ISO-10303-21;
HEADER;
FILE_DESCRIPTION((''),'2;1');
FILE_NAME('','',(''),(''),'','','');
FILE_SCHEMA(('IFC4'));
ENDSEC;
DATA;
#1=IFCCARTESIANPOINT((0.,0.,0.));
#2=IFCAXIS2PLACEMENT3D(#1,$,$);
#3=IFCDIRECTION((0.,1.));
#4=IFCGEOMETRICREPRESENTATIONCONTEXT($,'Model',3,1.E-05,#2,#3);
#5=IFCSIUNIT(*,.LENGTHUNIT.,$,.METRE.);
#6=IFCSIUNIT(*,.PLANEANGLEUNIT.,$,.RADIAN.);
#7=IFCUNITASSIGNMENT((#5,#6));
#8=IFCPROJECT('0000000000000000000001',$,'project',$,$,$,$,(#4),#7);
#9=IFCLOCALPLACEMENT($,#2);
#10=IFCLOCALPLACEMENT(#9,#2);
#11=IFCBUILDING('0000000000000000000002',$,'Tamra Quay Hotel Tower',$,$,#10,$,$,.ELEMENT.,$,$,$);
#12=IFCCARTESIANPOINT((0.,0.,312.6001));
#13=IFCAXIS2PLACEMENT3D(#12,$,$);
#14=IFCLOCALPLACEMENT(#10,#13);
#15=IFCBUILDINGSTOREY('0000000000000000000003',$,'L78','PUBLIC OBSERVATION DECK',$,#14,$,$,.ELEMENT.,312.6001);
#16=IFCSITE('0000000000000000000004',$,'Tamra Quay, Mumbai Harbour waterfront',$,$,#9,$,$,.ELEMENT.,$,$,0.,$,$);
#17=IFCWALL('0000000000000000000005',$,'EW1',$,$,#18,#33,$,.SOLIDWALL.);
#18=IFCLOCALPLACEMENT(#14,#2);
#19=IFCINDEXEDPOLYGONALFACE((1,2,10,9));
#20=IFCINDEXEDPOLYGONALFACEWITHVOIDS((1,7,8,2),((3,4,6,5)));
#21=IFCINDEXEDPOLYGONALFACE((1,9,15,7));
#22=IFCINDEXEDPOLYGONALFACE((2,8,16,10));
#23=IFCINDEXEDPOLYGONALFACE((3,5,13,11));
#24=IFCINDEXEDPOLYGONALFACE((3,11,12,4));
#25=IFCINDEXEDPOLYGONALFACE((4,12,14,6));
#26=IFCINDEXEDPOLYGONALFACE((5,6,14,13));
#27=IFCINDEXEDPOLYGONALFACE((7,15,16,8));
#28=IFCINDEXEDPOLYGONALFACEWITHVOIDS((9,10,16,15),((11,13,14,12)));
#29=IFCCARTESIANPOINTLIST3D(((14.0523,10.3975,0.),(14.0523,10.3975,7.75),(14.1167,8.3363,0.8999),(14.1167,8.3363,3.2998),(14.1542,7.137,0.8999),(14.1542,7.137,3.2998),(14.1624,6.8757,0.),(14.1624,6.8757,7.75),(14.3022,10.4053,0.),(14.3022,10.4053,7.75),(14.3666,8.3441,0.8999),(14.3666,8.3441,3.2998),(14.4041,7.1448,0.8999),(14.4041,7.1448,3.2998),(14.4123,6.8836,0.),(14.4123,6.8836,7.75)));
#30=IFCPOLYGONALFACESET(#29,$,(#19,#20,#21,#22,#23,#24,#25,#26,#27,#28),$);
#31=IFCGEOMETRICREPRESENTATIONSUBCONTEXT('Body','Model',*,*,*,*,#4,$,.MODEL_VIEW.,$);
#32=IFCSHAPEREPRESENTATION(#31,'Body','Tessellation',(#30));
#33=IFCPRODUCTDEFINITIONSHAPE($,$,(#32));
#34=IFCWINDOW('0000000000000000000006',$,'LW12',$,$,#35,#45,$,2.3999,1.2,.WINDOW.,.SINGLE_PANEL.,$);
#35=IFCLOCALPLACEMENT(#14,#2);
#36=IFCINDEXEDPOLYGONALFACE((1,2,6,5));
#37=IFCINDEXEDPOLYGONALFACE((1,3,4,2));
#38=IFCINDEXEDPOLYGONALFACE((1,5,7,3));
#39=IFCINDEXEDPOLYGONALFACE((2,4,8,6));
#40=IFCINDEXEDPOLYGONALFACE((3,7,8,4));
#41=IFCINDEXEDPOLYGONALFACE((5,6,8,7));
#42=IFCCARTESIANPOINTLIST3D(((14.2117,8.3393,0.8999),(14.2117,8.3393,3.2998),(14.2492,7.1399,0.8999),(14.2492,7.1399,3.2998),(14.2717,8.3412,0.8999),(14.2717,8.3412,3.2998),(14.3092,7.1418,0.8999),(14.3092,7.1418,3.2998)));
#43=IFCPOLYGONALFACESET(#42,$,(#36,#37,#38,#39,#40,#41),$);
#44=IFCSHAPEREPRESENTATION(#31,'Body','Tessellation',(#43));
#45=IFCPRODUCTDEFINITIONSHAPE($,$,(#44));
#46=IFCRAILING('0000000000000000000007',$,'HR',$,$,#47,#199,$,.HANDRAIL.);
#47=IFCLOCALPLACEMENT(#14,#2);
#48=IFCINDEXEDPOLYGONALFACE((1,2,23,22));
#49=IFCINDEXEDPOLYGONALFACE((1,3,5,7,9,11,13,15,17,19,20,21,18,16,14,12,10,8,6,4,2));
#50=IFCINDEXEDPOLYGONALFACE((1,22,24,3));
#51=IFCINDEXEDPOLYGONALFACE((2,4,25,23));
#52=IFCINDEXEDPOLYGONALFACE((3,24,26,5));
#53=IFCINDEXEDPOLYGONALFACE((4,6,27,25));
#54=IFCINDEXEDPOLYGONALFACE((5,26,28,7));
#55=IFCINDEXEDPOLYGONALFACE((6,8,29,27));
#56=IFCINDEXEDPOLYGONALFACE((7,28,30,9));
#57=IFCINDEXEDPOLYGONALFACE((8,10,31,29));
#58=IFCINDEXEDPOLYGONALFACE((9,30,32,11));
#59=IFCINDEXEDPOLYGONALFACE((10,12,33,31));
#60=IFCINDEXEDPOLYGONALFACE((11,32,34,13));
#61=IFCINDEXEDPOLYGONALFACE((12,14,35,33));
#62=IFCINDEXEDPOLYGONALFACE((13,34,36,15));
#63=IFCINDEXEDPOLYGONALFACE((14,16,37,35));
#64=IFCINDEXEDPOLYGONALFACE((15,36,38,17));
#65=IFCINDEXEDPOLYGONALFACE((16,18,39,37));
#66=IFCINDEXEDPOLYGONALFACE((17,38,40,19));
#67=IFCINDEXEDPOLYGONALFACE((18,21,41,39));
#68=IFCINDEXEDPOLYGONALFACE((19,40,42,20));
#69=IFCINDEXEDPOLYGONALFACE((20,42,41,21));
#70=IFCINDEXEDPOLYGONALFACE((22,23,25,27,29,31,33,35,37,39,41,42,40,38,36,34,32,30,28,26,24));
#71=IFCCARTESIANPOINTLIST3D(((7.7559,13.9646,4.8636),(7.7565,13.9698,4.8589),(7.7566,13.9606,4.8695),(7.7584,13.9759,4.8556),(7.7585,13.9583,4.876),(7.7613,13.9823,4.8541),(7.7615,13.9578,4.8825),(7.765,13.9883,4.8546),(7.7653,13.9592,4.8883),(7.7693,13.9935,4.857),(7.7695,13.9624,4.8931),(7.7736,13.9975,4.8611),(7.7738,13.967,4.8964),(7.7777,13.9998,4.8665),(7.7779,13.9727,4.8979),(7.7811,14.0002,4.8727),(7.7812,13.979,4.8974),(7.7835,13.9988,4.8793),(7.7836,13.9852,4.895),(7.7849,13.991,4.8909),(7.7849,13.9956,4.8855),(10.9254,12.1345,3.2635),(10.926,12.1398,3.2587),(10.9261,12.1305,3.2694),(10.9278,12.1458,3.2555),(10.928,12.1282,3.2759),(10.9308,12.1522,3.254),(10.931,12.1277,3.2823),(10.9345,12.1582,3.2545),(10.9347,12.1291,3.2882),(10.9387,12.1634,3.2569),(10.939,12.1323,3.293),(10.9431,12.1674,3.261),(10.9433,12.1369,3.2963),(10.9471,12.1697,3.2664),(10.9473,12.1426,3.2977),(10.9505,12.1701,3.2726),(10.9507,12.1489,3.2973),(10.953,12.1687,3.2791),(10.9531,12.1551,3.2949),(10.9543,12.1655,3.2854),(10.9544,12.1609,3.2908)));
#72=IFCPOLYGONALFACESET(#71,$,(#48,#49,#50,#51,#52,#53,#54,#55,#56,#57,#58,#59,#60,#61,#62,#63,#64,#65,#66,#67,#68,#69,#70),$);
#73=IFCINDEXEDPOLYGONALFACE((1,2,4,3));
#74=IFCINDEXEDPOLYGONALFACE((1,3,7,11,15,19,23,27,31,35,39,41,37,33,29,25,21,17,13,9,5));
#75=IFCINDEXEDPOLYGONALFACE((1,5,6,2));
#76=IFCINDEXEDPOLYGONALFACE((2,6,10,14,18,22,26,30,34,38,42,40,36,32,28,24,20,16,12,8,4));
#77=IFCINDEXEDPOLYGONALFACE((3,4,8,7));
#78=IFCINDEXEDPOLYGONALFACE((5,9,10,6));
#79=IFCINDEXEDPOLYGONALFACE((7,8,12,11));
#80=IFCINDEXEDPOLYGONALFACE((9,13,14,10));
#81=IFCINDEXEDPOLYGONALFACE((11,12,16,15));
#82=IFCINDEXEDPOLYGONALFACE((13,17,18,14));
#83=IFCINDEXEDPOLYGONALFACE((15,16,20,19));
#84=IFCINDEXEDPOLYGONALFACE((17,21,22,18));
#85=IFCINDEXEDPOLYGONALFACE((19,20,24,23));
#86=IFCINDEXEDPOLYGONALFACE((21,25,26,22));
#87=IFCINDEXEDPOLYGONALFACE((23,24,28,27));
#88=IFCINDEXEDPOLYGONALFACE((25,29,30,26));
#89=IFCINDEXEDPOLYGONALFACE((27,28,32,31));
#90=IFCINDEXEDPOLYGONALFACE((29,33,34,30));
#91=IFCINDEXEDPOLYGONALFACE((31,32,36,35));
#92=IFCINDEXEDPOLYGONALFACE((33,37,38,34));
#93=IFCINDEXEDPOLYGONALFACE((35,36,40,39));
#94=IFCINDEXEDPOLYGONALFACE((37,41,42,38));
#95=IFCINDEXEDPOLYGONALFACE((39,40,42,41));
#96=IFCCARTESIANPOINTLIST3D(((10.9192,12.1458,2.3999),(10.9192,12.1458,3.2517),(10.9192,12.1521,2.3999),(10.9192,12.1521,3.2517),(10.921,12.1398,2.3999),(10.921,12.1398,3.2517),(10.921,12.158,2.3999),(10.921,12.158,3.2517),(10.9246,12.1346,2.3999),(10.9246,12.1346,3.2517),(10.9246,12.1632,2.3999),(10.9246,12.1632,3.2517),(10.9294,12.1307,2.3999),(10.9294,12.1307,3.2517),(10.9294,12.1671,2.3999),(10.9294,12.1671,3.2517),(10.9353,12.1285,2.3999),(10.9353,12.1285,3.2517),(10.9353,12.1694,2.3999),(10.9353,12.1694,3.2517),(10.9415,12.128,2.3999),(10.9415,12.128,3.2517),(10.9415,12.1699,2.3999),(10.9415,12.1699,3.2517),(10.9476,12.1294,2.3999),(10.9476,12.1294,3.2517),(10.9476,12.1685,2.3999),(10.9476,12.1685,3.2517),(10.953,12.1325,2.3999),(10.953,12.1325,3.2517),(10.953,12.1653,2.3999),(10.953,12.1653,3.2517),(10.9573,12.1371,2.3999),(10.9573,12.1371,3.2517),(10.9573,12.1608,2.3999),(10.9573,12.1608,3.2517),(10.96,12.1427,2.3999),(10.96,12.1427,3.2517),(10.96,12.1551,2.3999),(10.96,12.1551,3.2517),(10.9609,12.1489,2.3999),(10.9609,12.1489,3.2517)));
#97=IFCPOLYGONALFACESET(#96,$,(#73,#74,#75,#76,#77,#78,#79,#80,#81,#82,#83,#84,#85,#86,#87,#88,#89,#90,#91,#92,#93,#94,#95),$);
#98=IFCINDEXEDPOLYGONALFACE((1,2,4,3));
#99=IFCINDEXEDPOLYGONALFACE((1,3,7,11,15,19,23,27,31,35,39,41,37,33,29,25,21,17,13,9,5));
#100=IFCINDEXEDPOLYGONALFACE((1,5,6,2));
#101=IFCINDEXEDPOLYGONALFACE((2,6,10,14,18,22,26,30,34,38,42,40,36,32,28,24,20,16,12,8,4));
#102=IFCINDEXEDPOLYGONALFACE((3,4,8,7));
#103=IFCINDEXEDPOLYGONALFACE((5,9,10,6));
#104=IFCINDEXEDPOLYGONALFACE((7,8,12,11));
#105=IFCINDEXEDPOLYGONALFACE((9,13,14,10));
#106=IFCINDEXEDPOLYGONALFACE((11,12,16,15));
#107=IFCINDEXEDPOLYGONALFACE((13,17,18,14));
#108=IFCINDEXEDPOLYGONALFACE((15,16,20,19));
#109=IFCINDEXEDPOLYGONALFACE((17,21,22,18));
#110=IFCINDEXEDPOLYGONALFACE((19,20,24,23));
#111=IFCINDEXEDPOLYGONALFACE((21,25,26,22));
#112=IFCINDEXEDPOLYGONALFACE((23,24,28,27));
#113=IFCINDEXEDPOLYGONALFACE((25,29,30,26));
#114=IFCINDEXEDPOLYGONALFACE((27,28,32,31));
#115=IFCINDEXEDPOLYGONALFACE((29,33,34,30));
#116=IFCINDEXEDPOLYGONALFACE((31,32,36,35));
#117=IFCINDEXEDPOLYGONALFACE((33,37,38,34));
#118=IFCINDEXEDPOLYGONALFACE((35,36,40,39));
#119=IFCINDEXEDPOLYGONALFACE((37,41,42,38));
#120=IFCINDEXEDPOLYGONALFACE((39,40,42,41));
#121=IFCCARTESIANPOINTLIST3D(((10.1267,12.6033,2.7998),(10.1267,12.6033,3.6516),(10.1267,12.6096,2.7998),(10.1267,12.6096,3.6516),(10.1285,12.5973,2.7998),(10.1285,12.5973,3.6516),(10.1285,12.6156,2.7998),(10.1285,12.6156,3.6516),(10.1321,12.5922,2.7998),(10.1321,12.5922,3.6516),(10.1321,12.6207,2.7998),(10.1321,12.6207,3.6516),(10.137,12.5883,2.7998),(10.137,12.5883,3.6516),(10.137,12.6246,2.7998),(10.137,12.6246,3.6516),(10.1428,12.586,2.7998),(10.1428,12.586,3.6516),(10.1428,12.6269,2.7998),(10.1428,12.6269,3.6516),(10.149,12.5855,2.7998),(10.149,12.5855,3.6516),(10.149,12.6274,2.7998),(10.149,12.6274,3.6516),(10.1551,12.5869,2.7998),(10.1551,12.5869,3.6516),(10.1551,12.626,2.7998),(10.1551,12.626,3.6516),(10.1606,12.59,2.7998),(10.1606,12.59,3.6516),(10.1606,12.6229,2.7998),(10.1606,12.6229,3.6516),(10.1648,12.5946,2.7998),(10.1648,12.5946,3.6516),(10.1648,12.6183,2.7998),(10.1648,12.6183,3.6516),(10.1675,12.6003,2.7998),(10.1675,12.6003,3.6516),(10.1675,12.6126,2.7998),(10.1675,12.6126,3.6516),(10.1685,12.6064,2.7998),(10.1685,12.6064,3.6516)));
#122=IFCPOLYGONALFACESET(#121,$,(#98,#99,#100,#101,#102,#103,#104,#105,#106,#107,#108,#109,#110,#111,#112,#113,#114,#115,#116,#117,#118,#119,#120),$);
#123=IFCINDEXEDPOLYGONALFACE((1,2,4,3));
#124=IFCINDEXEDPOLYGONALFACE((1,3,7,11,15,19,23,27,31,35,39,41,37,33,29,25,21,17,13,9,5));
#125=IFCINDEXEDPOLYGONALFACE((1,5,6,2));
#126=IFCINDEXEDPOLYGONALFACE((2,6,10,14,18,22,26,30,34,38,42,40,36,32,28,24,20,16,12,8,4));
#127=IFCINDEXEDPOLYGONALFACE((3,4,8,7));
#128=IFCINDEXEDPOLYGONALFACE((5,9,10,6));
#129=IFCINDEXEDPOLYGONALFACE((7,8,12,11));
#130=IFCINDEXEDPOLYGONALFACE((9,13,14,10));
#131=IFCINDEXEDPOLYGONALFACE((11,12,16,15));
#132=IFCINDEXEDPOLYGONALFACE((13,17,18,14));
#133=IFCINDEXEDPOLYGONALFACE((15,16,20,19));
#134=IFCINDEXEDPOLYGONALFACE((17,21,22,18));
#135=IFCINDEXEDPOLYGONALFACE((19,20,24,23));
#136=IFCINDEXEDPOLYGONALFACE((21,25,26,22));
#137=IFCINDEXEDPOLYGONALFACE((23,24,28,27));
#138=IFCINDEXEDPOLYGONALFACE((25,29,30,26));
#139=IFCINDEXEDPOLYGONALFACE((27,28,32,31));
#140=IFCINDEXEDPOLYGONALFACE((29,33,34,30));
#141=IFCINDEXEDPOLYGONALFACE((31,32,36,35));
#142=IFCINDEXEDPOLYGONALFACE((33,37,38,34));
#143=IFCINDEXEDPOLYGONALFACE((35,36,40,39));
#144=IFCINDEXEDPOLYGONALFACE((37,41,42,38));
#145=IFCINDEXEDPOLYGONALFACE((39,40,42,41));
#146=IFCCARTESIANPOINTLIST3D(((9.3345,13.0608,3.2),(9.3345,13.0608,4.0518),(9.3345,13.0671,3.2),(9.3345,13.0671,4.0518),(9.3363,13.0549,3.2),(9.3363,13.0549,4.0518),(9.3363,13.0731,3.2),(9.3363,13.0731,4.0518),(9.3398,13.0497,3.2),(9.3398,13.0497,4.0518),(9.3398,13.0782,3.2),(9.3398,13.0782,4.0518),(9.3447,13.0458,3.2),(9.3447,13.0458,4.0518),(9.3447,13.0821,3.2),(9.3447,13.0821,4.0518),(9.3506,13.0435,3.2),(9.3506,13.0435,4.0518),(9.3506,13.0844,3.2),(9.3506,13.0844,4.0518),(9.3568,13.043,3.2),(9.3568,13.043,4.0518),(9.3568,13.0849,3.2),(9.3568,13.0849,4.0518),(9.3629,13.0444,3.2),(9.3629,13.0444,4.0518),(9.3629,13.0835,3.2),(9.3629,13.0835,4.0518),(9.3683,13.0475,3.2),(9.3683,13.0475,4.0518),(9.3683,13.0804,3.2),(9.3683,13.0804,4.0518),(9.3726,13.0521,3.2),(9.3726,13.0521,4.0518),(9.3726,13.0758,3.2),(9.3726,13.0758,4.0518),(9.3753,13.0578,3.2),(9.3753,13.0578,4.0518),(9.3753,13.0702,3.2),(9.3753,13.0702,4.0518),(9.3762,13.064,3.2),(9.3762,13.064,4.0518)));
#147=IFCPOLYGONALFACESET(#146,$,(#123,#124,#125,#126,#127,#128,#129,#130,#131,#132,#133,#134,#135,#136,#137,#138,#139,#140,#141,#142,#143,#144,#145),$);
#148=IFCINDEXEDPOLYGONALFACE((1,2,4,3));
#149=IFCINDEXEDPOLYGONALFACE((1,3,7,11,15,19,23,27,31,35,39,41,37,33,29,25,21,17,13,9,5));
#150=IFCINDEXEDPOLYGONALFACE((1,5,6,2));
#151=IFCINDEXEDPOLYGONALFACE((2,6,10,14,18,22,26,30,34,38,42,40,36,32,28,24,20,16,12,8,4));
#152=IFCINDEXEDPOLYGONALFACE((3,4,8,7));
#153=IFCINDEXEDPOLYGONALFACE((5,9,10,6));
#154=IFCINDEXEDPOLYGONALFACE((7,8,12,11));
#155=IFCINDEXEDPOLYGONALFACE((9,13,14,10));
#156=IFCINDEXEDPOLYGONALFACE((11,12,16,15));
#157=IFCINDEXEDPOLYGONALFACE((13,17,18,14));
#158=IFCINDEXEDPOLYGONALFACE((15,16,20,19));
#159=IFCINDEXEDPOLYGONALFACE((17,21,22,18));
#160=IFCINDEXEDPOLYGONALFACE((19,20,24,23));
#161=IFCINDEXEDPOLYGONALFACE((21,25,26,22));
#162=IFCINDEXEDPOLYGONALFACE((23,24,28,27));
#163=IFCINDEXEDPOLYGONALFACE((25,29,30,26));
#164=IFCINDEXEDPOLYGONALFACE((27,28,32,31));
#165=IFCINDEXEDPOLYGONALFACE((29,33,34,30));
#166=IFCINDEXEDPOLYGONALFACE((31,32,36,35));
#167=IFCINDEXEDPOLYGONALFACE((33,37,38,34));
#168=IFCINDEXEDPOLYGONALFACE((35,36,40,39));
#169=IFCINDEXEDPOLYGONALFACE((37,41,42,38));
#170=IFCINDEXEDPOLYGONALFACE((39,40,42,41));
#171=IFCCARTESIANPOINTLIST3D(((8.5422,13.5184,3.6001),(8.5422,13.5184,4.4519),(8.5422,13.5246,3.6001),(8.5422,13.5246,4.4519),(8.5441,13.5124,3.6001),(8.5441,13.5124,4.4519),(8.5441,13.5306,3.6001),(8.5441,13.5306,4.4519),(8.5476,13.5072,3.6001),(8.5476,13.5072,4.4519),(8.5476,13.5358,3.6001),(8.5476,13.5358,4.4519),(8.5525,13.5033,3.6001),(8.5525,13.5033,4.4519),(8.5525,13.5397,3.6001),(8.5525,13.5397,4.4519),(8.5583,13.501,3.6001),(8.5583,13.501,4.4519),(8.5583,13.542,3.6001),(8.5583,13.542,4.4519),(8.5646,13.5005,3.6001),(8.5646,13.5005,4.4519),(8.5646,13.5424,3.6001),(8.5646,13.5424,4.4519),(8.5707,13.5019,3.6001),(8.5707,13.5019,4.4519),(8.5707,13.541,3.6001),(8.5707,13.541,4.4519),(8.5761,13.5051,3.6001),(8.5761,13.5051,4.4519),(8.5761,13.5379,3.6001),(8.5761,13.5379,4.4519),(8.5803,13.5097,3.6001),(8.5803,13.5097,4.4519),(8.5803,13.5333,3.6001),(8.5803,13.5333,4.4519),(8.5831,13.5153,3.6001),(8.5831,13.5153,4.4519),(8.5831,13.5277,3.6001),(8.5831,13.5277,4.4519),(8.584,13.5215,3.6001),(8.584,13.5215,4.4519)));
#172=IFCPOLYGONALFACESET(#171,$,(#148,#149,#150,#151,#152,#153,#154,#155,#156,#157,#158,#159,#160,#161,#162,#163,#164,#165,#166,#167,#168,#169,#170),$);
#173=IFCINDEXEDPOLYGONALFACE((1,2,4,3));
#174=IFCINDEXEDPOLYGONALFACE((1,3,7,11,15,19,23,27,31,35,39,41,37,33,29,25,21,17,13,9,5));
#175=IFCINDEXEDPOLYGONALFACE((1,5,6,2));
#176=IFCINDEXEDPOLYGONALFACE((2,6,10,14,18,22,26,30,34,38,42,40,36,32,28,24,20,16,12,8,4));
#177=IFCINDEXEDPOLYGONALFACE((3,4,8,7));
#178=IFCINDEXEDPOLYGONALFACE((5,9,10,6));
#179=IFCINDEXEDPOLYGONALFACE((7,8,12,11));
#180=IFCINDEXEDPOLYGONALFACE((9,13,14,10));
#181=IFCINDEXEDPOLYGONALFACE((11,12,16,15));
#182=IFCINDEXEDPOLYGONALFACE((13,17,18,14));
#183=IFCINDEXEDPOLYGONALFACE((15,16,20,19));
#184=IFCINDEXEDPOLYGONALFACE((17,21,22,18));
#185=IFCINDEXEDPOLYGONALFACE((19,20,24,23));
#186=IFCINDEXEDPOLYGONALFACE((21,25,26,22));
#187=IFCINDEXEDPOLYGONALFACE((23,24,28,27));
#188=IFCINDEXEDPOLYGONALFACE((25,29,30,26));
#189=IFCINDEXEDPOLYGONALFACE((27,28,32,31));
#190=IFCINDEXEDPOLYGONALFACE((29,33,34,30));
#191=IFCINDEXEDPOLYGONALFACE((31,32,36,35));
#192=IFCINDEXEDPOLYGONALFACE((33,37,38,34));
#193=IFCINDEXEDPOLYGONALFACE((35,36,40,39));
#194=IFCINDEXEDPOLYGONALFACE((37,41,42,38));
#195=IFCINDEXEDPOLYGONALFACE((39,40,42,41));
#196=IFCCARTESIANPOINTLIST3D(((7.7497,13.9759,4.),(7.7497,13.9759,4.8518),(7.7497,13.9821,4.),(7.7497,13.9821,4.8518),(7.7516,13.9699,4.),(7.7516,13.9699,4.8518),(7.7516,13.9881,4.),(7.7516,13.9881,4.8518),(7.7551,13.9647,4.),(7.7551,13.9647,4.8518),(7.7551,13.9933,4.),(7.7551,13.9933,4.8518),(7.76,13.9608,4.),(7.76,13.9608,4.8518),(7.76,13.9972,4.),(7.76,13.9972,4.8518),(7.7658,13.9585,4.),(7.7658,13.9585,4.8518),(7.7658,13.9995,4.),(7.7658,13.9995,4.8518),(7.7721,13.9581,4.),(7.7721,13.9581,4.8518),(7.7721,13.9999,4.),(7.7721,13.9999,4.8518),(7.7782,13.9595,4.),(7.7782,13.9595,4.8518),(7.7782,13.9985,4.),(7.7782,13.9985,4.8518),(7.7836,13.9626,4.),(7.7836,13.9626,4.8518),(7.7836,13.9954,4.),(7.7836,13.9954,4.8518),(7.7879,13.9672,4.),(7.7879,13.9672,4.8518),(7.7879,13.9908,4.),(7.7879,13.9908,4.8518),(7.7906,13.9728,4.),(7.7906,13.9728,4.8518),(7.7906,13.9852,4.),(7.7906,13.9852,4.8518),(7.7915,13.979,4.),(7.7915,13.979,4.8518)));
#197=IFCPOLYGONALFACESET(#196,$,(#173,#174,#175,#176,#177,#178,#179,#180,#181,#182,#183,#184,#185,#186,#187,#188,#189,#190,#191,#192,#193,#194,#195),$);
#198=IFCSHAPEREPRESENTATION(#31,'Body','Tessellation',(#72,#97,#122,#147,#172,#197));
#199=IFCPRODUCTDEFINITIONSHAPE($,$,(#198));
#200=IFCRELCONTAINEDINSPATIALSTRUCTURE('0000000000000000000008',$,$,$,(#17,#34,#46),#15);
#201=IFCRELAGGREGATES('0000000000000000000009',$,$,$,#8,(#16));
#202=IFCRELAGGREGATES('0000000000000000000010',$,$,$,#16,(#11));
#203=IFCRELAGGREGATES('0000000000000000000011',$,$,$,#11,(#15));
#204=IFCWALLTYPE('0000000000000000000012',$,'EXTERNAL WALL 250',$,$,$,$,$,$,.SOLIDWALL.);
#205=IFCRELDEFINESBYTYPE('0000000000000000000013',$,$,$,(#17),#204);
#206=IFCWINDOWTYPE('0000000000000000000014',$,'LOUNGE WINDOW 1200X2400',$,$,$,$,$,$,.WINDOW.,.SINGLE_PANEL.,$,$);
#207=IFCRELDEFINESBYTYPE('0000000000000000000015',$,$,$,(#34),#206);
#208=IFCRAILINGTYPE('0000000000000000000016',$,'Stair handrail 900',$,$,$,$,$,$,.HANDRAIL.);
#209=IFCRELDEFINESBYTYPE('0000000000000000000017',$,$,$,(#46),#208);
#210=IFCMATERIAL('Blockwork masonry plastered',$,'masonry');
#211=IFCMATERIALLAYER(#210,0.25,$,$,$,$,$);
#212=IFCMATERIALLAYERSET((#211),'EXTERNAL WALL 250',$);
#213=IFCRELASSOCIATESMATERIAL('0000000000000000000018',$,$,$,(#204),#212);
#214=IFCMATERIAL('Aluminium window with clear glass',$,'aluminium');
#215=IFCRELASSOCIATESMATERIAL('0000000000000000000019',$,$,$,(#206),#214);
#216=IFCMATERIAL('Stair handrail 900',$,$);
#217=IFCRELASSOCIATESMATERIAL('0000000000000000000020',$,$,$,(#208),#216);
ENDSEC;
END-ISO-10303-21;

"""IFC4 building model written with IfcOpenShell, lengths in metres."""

from ifc_helpers import new_model, si_unit, direction, frame, frame_2d, origin, origin_2d, place, context, subcontext, project, spatial, rectangle, circle, extrude, material, layer, layer_set, type_object, element, fill, save


model = new_model("IFC4")

# Units and contexts
model_context = context("Model", 3, precision=1e-05, world=origin(), true_north=direction((0.0, 1.0)))
body_context = subcontext(model_context, "Body", "Model", "MODEL_VIEW")
ifc_project = project(units=[si_unit("LENGTHUNIT", "METRE"), si_unit("PLANEANGLEUNIT", "RADIAN")], contexts=[model_context])

# Site, building, storey
site_placement = place(None, origin())
site = spatial("IfcSite", under=ifc_project, at=site_placement, Name="Tamra Quay, Mumbai Harbour waterfront", CompositionType="ELEMENT", RefElevation=0.0)
building_placement = place(site_placement, origin())
building = spatial("IfcBuilding", under=site, at=building_placement, Name="Tamra Quay Hotel Tower", CompositionType="ELEMENT")
storey_placement = place(building_placement, frame((0.0, 0.0, 312.6001)))
storey = spatial("IfcBuildingStorey", under=building, at=storey_placement, Name="L78", Description="PUBLIC OBSERVATION DECK", CompositionType="ELEMENT", Elevation=312.6001)

# Shared definitions
ifc_material_1 = material(Name="Blockwork masonry plastered", Category="masonry")
ifc_layer_1 = layer(ifc_material_1, 0.25)
ifc_layer_set_1 = layer_set([ifc_layer_1], Name="EXTERNAL WALL 250")
wall_type_1 = type_object("IfcWallType", Name="EXTERNAL WALL 250", PredefinedType="SOLIDWALL", material=ifc_layer_set_1)
ifc_material_2 = material(Name="Aluminium window with clear glass", Category="aluminium")

# Wall, opening, window
wall_1_placement = place(storey_placement, frame((14.1772, 10.4014, 0.0), z_axis=(0.0, 0.0, 1.0), x_axis=(0.03125, -0.999512, 0.0)))
wall_1 = element("IfcWall", 1, at=wall_1_placement, inside=storey, type_object=wall_type_1, Name="EW1", PredefinedType="SOLIDWALL", context=body_context, shape_type="SweptSolid", body=[
    extrude(rectangle(XDim=3.5234, YDim=0.25, at=frame_2d((1.7617, 0.0))), origin(), (0.0, 0.0, 1.0), 7.75),
])
opening_1_placement = place(wall_1_placement, frame((2.062, 0.0, 0.8999)))
opening_1 = element("IfcOpeningElement", 2, at=opening_1_placement, cuts=wall_1, PredefinedType="OPENING", context=body_context, shape_type="SweptSolid", body=[
    extrude(rectangle(XDim=1.2, YDim=2.3999, at=frame_2d((0.6001, 1.2))), frame((0.0, 0.135, 0.0), z_axis=(0.0, -1.0, 0.0), x_axis=(1.0, 0.0, 0.0)), (0.0, 0.0, 1.0), 0.27),
])
window_type_1 = type_object("IfcWindowType", Name="LOUNGE WINDOW 1200X2400", PartitioningType="SINGLE_PANEL", PredefinedType="WINDOW", material=ifc_material_2)
window_1_placement = place(opening_1_placement, origin())
window_1 = element("IfcWindow", 3, at=window_1_placement, inside=storey, type_object=window_type_1, Name="LW12", OverallHeight=2.3999, OverallWidth=1.2, PartitioningType="SINGLE_PANEL", PredefinedType="WINDOW", context=body_context, shape_type="SweptSolid", body=[
    extrude(rectangle(XDim=1.2, YDim=2.3999, at=frame_2d((0.6001, 1.2))), frame((0.0, 0.03, 0.0), z_axis=(0.0, -1.0, 0.0), x_axis=(1.0, 0.0, 0.0)), (0.0, 0.0, 1.0), 0.0601),
])
fill(opening_1, window_1)

# Railing
ifc_material_3 = material(Name="Stair handrail 900")
railing_type = type_object("IfcRailingType", Name="Stair handrail 900", PredefinedType="HANDRAIL", material=ifc_material_3)
railing_1_placement = place(storey_placement, frame((10.9399, 12.1489, 2.3999)))
element("IfcRailing", 4, at=railing_1_placement, inside=storey, type_object=railing_type, Name="HR", PredefinedType="HANDRAIL", context=body_context, shape_type="SweptSolid", body=[
    extrude(circle(Radius=0.0239, at=origin_2d()), frame((0.0, 0.0, 0.876), z_axis=(-0.79348, 0.458167, 0.400591), x_axis=(-0.500042, -0.866001, 0.0)), (0.0, 0.0, 1.0), 3.9944),
    extrude(circle(Radius=0.021, at=origin_2d()), origin(), (0.0, 0.0, 1.0), 0.8518),
    extrude(circle(Radius=0.021, at=origin_2d()), frame((-0.7925, 0.4575, 0.3999)), (0.0, 0.0, 1.0), 0.8518),
    extrude(circle(Radius=0.021, at=origin_2d()), frame((-1.5847, 0.915, 0.8)), (0.0, 0.0, 1.0), 0.8518),
    extrude(circle(Radius=0.021, at=origin_2d()), frame((-2.377, 1.3726, 1.2002)), (0.0, 0.0, 1.0), 0.8518),
    extrude(circle(Radius=0.021, at=origin_2d()), frame((-3.1694, 1.8301, 1.6001)), (0.0, 0.0, 1.0), 0.8518),
])

save(model, "model.ifc")
